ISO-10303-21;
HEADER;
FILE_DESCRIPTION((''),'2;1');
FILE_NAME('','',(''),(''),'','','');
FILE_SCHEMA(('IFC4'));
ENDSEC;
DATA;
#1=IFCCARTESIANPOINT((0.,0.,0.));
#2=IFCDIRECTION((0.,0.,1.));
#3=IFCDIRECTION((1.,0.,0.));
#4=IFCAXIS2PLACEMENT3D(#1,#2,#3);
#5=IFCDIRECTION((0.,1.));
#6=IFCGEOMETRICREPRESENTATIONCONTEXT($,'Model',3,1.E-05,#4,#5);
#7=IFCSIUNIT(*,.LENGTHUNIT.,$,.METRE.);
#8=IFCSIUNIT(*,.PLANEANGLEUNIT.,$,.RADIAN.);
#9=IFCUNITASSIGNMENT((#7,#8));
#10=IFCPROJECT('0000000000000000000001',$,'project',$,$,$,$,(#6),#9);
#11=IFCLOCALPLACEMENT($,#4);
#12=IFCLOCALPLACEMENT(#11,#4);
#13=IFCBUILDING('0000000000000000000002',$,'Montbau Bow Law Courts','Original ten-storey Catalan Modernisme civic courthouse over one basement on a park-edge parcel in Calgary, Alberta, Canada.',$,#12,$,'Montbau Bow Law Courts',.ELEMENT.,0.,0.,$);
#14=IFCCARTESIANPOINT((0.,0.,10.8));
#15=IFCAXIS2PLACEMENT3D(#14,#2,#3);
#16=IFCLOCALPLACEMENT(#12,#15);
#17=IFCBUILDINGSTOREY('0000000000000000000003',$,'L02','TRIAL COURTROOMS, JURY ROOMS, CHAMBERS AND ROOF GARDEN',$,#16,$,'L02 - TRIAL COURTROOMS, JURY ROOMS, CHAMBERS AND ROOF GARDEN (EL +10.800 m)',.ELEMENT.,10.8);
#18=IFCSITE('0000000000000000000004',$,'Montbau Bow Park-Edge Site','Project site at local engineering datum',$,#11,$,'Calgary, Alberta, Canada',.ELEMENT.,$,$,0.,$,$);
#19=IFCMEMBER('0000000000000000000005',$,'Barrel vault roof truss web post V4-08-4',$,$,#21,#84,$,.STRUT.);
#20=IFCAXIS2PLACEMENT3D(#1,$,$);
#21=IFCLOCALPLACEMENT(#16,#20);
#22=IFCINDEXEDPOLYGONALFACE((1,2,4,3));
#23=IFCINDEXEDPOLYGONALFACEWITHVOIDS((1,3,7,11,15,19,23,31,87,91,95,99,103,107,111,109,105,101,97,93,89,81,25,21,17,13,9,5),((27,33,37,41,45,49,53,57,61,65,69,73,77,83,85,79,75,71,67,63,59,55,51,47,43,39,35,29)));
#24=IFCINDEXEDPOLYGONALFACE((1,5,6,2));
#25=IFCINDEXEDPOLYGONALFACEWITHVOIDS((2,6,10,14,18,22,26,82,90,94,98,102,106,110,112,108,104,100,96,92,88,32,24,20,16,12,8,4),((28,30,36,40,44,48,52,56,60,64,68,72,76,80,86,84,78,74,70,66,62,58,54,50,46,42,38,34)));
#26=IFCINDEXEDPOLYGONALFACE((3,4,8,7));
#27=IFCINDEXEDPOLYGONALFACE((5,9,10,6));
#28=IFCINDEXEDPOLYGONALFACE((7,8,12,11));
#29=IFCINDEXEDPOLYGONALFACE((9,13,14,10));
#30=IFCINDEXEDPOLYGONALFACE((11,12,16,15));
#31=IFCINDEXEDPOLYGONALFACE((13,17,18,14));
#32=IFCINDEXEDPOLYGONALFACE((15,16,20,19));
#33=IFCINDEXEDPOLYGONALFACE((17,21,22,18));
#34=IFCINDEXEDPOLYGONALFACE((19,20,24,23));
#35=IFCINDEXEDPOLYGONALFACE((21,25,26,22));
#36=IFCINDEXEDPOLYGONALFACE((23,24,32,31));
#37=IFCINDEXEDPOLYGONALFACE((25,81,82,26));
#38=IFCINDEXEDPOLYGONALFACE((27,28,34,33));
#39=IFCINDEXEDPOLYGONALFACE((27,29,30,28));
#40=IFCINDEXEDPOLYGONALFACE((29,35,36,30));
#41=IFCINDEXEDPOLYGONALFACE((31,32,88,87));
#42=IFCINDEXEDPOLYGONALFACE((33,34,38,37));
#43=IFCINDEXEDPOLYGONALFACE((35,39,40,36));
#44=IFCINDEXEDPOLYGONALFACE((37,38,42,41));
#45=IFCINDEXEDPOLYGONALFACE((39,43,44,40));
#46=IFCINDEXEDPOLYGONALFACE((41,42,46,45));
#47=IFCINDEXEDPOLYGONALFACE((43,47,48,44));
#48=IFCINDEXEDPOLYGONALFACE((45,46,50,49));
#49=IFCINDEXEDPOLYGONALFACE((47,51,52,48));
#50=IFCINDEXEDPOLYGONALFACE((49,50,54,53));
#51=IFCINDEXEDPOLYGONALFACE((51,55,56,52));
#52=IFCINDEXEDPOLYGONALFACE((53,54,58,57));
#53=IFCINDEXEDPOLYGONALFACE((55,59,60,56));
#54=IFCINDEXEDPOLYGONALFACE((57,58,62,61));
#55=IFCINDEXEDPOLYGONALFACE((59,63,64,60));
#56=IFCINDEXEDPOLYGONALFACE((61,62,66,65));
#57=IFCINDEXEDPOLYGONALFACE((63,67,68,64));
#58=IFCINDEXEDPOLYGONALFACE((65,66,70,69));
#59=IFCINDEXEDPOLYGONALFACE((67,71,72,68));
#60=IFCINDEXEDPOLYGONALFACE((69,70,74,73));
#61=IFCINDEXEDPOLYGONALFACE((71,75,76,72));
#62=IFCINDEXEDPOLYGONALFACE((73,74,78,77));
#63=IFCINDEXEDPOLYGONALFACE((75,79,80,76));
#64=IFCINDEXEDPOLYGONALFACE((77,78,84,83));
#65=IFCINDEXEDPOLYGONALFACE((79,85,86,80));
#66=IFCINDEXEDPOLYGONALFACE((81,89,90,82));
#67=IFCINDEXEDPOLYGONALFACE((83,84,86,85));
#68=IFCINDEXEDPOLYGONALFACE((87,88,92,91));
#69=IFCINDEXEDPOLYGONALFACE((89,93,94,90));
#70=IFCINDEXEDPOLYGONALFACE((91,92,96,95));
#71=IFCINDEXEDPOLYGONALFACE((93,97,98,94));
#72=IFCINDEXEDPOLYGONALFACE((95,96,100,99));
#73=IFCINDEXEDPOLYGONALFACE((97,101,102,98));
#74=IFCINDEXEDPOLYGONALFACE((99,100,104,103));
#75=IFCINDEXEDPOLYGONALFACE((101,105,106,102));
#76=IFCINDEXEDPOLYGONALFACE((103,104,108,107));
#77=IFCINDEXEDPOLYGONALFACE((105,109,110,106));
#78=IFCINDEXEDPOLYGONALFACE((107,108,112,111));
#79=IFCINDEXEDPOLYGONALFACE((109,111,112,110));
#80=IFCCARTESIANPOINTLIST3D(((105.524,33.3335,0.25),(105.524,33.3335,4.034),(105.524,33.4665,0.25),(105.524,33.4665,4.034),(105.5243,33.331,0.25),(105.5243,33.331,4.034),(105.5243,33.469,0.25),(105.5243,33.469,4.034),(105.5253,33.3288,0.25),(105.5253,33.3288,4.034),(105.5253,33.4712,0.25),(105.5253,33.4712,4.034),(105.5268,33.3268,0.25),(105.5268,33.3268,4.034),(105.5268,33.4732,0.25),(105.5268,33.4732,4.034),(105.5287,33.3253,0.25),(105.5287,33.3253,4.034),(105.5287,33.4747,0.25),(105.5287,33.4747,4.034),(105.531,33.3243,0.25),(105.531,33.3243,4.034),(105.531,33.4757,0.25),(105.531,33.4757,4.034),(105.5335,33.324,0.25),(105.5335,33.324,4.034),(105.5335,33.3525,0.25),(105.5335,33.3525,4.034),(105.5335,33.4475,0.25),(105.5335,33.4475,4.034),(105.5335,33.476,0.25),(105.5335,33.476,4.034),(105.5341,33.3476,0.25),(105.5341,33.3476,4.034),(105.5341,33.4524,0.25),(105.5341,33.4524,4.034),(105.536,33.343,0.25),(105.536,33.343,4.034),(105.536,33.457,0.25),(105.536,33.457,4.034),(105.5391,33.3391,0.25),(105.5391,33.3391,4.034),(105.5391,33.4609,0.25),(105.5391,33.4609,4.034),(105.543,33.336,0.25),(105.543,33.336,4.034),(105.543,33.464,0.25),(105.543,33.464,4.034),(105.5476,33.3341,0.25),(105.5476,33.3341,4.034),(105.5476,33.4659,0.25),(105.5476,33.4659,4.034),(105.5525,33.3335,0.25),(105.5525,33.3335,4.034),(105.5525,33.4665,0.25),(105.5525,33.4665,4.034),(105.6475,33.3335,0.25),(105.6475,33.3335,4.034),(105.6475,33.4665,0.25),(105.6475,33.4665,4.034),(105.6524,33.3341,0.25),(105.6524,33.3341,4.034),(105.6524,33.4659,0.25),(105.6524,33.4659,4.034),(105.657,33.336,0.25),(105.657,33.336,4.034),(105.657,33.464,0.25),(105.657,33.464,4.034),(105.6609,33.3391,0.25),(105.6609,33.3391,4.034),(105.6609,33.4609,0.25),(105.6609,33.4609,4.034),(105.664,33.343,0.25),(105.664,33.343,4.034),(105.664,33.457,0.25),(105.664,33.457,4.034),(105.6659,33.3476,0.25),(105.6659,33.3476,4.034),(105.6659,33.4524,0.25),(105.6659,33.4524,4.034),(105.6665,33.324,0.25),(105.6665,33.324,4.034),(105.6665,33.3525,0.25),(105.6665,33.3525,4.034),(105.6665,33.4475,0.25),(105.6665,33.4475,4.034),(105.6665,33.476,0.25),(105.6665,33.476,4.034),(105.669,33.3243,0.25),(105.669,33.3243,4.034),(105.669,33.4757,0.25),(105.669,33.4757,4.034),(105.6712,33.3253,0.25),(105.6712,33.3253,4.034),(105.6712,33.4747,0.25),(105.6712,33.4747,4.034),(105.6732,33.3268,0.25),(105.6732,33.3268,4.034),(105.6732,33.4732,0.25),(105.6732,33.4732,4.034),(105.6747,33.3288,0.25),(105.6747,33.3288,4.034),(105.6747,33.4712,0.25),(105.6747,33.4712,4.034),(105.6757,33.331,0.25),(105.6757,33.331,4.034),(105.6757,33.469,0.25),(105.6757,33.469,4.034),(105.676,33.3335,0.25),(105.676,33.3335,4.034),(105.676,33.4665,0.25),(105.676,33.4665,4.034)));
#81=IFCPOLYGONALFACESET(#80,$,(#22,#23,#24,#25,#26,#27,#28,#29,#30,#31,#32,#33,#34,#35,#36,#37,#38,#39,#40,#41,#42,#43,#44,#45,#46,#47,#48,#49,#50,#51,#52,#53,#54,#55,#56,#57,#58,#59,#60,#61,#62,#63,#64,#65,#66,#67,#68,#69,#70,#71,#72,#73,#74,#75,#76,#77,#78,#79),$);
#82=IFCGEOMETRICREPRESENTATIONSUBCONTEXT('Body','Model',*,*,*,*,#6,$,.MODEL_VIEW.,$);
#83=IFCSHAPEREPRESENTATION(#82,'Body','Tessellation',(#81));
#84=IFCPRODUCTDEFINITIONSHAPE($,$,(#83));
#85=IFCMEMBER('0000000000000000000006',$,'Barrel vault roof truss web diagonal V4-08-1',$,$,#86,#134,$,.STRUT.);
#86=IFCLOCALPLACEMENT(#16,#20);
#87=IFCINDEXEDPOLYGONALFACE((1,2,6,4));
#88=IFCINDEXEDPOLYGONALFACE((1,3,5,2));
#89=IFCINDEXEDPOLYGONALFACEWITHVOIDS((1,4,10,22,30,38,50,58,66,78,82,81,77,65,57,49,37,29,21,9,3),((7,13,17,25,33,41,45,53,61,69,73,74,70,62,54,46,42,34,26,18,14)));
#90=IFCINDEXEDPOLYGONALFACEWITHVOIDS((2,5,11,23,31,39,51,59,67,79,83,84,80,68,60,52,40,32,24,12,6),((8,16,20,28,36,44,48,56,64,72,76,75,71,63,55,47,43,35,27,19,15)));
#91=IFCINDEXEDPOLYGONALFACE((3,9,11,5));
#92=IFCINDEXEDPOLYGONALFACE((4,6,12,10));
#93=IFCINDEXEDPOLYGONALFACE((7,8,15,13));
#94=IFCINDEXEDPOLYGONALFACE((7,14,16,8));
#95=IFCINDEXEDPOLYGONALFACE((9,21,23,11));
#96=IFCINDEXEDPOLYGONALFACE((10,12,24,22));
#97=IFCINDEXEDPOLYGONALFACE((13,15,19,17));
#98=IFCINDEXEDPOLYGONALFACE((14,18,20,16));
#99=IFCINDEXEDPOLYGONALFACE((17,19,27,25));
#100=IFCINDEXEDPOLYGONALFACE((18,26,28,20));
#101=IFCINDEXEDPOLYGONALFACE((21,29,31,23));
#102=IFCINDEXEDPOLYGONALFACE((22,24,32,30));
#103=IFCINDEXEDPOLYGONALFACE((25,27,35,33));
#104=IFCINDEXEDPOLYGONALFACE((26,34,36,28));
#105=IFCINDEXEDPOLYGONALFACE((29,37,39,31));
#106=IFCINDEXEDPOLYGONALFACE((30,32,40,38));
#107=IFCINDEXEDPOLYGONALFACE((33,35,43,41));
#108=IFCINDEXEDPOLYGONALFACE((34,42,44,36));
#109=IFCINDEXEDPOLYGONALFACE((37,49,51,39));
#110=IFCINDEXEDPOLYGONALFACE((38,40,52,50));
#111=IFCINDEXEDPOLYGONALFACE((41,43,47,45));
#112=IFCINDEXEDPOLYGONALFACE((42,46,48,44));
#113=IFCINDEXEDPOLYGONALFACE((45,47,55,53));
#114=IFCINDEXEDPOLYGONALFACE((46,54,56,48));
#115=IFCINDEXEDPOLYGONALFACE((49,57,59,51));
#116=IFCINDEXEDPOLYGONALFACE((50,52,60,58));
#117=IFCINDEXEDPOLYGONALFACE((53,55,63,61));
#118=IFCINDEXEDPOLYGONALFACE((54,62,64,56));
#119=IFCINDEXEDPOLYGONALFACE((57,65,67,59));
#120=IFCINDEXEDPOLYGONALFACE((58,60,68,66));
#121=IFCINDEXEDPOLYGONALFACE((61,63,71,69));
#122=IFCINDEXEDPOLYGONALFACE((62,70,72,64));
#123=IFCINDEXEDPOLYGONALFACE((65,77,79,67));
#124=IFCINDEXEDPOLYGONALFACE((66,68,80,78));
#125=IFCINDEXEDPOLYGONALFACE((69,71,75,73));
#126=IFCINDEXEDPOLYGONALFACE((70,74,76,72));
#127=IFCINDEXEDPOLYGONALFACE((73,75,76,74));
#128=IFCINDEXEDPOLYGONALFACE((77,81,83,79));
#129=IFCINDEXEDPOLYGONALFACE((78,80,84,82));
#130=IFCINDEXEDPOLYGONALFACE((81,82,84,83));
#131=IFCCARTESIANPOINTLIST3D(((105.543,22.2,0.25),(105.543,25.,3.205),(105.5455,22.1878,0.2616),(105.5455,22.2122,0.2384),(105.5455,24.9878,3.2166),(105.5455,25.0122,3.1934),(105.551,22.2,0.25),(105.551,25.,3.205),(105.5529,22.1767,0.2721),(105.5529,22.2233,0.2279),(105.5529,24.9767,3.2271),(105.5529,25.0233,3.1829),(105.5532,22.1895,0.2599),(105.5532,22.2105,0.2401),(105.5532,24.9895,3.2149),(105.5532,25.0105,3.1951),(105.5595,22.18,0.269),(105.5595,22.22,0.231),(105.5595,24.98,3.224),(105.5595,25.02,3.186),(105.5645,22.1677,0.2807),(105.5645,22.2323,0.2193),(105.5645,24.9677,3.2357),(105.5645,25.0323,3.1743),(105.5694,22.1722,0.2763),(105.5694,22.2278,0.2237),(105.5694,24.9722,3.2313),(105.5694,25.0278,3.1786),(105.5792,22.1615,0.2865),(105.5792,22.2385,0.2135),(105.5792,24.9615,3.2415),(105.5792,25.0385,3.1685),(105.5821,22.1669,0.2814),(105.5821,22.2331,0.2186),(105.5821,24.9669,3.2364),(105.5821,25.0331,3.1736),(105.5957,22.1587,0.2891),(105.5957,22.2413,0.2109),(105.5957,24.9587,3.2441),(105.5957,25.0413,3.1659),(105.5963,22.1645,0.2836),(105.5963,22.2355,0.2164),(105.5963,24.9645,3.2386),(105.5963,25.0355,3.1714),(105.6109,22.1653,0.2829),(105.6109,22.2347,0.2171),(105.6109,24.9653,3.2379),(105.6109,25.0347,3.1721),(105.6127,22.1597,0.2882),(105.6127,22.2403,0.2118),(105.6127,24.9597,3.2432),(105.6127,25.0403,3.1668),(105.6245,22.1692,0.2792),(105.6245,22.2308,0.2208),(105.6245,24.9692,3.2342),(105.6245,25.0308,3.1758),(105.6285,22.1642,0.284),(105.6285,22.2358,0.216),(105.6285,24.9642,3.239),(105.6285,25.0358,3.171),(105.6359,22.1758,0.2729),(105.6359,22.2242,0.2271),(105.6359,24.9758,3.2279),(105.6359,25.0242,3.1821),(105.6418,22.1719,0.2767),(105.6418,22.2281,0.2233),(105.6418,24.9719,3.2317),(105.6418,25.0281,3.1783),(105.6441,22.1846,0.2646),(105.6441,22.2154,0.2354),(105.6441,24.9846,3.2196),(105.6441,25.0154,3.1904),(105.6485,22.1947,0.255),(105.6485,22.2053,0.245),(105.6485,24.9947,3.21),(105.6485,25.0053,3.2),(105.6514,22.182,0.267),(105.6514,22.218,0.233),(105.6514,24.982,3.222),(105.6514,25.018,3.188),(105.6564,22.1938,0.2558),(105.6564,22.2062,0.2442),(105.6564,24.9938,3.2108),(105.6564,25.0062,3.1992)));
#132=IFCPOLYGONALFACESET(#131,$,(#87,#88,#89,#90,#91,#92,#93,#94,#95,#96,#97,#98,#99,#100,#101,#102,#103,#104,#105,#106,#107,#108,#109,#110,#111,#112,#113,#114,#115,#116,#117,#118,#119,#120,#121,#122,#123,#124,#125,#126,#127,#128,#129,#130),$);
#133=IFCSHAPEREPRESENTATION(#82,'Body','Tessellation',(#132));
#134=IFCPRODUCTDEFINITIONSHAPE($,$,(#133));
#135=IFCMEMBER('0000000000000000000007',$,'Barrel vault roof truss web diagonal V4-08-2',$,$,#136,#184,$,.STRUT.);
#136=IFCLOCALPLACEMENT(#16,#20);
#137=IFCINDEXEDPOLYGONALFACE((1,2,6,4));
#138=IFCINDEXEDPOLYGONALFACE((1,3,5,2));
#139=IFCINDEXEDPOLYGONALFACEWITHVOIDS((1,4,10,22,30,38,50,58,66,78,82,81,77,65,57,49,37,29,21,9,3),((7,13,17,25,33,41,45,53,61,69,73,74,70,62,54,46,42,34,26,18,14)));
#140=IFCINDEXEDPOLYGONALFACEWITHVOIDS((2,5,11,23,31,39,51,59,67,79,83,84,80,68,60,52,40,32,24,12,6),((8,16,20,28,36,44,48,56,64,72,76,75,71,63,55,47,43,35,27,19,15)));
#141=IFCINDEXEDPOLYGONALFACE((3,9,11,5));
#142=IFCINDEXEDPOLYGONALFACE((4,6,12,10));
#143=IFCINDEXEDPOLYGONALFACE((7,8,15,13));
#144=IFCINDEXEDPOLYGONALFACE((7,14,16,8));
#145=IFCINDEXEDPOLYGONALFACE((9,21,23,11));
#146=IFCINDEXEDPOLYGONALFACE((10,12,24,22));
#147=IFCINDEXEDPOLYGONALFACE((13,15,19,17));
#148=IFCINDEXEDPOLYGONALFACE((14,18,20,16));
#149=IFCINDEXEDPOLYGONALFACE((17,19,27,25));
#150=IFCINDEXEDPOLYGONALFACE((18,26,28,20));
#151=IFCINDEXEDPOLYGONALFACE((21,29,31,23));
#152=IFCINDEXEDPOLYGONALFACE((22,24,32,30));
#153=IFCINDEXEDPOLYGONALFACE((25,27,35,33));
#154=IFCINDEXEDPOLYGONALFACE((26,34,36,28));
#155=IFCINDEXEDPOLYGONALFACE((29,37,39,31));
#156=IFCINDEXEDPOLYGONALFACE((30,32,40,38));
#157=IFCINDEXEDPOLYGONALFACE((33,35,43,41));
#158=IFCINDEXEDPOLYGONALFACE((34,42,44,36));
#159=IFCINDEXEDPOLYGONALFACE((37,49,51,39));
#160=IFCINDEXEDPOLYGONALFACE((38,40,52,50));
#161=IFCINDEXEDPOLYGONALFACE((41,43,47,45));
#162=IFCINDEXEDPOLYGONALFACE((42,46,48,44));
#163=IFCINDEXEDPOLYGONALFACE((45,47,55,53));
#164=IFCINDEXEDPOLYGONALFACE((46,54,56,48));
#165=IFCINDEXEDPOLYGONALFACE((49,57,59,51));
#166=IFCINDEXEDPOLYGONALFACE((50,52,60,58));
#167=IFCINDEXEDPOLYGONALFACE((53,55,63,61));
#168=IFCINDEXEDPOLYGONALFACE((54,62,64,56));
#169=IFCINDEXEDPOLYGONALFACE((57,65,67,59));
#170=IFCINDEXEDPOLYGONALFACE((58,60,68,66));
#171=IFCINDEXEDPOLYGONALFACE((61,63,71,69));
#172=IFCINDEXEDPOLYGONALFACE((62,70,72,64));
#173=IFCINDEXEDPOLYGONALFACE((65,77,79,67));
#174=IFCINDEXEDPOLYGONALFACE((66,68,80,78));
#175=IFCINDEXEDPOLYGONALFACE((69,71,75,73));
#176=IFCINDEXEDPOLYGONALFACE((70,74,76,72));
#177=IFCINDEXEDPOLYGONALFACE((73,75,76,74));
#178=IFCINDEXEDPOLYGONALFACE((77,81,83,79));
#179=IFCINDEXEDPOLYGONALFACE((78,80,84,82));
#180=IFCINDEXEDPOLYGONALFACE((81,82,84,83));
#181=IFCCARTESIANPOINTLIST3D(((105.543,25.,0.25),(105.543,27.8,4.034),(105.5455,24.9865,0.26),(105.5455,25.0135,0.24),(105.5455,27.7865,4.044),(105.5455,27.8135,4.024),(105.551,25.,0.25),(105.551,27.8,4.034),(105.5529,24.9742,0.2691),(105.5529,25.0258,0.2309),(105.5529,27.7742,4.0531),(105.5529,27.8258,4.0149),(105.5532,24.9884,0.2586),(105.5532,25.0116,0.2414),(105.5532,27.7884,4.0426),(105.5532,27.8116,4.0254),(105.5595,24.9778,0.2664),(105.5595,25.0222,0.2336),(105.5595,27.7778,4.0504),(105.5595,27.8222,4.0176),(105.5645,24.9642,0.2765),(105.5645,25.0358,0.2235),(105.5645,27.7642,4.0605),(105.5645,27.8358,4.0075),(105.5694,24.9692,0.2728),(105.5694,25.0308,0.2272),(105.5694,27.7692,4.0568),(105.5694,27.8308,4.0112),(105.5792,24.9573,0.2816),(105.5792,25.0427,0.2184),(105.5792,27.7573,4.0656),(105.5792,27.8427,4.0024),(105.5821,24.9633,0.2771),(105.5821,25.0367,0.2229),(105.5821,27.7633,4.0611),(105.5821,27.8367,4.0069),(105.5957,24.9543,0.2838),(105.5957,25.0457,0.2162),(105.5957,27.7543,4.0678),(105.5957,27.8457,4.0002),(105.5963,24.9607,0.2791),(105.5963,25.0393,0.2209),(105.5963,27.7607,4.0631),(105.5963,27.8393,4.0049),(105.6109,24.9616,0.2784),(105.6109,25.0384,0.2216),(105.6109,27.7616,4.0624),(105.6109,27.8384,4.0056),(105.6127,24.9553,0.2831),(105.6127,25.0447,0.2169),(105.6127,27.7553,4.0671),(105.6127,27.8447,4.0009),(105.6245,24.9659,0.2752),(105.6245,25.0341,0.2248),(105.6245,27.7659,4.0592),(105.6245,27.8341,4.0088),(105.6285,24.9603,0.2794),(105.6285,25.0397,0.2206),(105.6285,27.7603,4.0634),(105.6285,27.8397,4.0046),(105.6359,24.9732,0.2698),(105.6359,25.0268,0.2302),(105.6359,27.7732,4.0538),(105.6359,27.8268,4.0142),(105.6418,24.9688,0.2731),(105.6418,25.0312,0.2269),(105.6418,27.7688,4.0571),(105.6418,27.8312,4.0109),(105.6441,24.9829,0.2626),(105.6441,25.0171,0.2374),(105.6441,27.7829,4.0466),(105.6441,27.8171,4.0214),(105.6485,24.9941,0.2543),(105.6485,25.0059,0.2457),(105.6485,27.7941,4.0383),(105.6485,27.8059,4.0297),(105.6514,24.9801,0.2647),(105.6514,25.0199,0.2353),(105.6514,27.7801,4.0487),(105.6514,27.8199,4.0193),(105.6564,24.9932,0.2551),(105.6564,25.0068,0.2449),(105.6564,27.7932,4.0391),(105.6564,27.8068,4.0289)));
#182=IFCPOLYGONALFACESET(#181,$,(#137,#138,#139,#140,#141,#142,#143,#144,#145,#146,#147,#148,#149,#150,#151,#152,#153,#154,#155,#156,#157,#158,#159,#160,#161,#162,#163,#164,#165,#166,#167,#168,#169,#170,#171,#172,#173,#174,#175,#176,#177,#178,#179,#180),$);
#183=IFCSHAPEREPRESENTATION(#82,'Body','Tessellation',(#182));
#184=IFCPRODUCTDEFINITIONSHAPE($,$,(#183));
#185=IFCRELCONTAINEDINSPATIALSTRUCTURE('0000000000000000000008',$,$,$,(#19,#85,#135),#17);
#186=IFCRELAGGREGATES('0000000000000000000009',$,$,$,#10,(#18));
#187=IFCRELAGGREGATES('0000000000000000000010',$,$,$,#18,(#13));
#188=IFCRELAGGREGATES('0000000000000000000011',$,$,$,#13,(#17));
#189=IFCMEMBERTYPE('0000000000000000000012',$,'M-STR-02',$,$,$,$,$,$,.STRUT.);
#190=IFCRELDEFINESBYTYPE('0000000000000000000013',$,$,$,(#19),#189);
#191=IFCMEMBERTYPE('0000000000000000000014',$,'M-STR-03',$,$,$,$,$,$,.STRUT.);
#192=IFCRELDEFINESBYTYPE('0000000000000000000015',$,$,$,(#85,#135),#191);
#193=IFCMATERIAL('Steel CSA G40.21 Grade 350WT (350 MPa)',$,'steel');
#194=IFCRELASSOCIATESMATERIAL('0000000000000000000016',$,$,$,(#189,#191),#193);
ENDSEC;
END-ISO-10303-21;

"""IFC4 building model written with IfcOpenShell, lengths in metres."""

from ifc_helpers import new_model, si_unit, direction, frame, origin_with_axes, origin_2d_with_axis, place, context, subcontext, project, spatial, hollow_rectangle, hollow_circle, extrude, material, material_profile, profile_set, type_object, element, save


model = new_model("IFC4")

# Units and contexts
model_context = context("Model", 3, precision=1e-05, world=origin_with_axes(), true_north=direction((0.0, 1.0)))
body_context = subcontext(model_context, "Body", "Model", "MODEL_VIEW")
ifc_project = project(units=[si_unit("LENGTHUNIT", "METRE"), si_unit("PLANEANGLEUNIT", "RADIAN")], contexts=[model_context])

# Site, building, storey
site_placement = place(None, origin_with_axes())
site = spatial("IfcSite", under=ifc_project, at=site_placement, Name="Montbau Bow Park-Edge Site", Description="Project site at local engineering datum", LongName="Calgary, Alberta, Canada", CompositionType="ELEMENT", RefElevation=0.0)
building_placement = place(site_placement, origin_with_axes())
building = spatial("IfcBuilding", under=site, at=building_placement, Name="Montbau Bow Law Courts", Description="Original ten-storey Catalan Modernisme civic courthouse over one basement on a park-edge parcel in Calgary, Alberta, Canada.", LongName="Montbau Bow Law Courts", CompositionType="ELEMENT", ElevationOfRefHeight=0.0, ElevationOfTerrain=0.0)
storey_placement = place(building_placement, frame((0.0, 0.0, 10.8), z_axis=(0.0, 0.0, 1.0), x_axis=(1.0, 0.0, 0.0)))
storey = spatial("IfcBuildingStorey", under=building, at=storey_placement, Name="L02", Description="TRIAL COURTROOMS, JURY ROOMS, CHAMBERS AND ROOF GARDEN", LongName="L02 - TRIAL COURTROOMS, JURY ROOMS, CHAMBERS AND ROOF GARDEN (EL +10.800 m)", CompositionType="ELEMENT", Elevation=10.8)

# Shared definitions
ifc_material_1 = material(Name="Steel CSA G40.21 Grade 350WT (350 MPa)", Category="steel")

# Members
ifc_material_profile_1 = material_profile(ifc_material_1, hollow_rectangle(XDim=0.152, YDim=0.152, WallThickness=0.0095, InnerFilletRadius=0.019, OuterFilletRadius=0.0095, at=origin_2d_with_axis()), Name="HSS152X152X9.5", Category="Main", Priority=0)
ifc_profile_set_1 = profile_set([ifc_material_profile_1], Name="Steel CSA G40.21 Grade 350WT (350 MPa)")
member_type_1 = type_object("IfcMemberType", Name="M-STR-02", PredefinedType="STRUT", material=ifc_profile_set_1)
member_1_placement = place(None, frame((105.6, 33.4, 11.05), z_axis=(0.0, 0.0, 1.0), x_axis=(1.0, 0.0, 0.0)))
element("IfcMember", 1, at=member_1_placement, inside=storey, type_object=member_type_1, Name="Barrel vault roof truss web post V4-08-4", PredefinedType="STRUT", context=body_context, shape_type="SweptSolid", body=[
    extrude(hollow_rectangle(XDim=0.152, YDim=0.152, WallThickness=0.0095, InnerFilletRadius=0.019, OuterFilletRadius=0.0095, at=origin_2d_with_axis()), origin_with_axes(), (0.0, 0.0, 1.0), 3.784),
])
ifc_material_profile_2 = material_profile(ifc_material_1, hollow_circle(Radius=0.057, WallThickness=0.008, at=origin_2d_with_axis()), Name="HSS114X8.0", Category="Main", Priority=0)
ifc_profile_set_2 = profile_set([ifc_material_profile_2], Name="Steel CSA G40.21 Grade 350WT (350 MPa)")
member_type_2 = type_object("IfcMemberType", Name="M-STR-03", PredefinedType="STRUT", material=ifc_profile_set_2)
member_2_placement = place(None, frame((105.6, 22.2, 11.05), z_axis=(0.0, 0.687813, 0.725888), x_axis=(-1.0, 0.0, 0.0)))
element("IfcMember", 2, at=member_2_placement, inside=storey, type_object=member_type_2, Name="Barrel vault roof truss web diagonal V4-08-1", PredefinedType="STRUT", context=body_context, shape_type="SweptSolid", body=[
    extrude(hollow_circle(Radius=0.057, WallThickness=0.008, at=origin_2d_with_axis()), origin_with_axes(), (0.0, 0.0, 1.0), 4.0709),
])
member_3_placement = place(None, frame((105.6, 25.0, 11.05), z_axis=(0.0, 0.594821, 0.803858), x_axis=(-1.0, 0.0, 0.0)))
element("IfcMember", 3, at=member_3_placement, inside=storey, type_object=member_type_2, Name="Barrel vault roof truss web diagonal V4-08-2", PredefinedType="STRUT", context=body_context, shape_type="SweptSolid", body=[
    extrude(hollow_circle(Radius=0.057, WallThickness=0.008, at=origin_2d_with_axis()), origin_with_axes(), (0.0, 0.0, 1.0), 4.7073),
])

save(model, "model.ifc")
